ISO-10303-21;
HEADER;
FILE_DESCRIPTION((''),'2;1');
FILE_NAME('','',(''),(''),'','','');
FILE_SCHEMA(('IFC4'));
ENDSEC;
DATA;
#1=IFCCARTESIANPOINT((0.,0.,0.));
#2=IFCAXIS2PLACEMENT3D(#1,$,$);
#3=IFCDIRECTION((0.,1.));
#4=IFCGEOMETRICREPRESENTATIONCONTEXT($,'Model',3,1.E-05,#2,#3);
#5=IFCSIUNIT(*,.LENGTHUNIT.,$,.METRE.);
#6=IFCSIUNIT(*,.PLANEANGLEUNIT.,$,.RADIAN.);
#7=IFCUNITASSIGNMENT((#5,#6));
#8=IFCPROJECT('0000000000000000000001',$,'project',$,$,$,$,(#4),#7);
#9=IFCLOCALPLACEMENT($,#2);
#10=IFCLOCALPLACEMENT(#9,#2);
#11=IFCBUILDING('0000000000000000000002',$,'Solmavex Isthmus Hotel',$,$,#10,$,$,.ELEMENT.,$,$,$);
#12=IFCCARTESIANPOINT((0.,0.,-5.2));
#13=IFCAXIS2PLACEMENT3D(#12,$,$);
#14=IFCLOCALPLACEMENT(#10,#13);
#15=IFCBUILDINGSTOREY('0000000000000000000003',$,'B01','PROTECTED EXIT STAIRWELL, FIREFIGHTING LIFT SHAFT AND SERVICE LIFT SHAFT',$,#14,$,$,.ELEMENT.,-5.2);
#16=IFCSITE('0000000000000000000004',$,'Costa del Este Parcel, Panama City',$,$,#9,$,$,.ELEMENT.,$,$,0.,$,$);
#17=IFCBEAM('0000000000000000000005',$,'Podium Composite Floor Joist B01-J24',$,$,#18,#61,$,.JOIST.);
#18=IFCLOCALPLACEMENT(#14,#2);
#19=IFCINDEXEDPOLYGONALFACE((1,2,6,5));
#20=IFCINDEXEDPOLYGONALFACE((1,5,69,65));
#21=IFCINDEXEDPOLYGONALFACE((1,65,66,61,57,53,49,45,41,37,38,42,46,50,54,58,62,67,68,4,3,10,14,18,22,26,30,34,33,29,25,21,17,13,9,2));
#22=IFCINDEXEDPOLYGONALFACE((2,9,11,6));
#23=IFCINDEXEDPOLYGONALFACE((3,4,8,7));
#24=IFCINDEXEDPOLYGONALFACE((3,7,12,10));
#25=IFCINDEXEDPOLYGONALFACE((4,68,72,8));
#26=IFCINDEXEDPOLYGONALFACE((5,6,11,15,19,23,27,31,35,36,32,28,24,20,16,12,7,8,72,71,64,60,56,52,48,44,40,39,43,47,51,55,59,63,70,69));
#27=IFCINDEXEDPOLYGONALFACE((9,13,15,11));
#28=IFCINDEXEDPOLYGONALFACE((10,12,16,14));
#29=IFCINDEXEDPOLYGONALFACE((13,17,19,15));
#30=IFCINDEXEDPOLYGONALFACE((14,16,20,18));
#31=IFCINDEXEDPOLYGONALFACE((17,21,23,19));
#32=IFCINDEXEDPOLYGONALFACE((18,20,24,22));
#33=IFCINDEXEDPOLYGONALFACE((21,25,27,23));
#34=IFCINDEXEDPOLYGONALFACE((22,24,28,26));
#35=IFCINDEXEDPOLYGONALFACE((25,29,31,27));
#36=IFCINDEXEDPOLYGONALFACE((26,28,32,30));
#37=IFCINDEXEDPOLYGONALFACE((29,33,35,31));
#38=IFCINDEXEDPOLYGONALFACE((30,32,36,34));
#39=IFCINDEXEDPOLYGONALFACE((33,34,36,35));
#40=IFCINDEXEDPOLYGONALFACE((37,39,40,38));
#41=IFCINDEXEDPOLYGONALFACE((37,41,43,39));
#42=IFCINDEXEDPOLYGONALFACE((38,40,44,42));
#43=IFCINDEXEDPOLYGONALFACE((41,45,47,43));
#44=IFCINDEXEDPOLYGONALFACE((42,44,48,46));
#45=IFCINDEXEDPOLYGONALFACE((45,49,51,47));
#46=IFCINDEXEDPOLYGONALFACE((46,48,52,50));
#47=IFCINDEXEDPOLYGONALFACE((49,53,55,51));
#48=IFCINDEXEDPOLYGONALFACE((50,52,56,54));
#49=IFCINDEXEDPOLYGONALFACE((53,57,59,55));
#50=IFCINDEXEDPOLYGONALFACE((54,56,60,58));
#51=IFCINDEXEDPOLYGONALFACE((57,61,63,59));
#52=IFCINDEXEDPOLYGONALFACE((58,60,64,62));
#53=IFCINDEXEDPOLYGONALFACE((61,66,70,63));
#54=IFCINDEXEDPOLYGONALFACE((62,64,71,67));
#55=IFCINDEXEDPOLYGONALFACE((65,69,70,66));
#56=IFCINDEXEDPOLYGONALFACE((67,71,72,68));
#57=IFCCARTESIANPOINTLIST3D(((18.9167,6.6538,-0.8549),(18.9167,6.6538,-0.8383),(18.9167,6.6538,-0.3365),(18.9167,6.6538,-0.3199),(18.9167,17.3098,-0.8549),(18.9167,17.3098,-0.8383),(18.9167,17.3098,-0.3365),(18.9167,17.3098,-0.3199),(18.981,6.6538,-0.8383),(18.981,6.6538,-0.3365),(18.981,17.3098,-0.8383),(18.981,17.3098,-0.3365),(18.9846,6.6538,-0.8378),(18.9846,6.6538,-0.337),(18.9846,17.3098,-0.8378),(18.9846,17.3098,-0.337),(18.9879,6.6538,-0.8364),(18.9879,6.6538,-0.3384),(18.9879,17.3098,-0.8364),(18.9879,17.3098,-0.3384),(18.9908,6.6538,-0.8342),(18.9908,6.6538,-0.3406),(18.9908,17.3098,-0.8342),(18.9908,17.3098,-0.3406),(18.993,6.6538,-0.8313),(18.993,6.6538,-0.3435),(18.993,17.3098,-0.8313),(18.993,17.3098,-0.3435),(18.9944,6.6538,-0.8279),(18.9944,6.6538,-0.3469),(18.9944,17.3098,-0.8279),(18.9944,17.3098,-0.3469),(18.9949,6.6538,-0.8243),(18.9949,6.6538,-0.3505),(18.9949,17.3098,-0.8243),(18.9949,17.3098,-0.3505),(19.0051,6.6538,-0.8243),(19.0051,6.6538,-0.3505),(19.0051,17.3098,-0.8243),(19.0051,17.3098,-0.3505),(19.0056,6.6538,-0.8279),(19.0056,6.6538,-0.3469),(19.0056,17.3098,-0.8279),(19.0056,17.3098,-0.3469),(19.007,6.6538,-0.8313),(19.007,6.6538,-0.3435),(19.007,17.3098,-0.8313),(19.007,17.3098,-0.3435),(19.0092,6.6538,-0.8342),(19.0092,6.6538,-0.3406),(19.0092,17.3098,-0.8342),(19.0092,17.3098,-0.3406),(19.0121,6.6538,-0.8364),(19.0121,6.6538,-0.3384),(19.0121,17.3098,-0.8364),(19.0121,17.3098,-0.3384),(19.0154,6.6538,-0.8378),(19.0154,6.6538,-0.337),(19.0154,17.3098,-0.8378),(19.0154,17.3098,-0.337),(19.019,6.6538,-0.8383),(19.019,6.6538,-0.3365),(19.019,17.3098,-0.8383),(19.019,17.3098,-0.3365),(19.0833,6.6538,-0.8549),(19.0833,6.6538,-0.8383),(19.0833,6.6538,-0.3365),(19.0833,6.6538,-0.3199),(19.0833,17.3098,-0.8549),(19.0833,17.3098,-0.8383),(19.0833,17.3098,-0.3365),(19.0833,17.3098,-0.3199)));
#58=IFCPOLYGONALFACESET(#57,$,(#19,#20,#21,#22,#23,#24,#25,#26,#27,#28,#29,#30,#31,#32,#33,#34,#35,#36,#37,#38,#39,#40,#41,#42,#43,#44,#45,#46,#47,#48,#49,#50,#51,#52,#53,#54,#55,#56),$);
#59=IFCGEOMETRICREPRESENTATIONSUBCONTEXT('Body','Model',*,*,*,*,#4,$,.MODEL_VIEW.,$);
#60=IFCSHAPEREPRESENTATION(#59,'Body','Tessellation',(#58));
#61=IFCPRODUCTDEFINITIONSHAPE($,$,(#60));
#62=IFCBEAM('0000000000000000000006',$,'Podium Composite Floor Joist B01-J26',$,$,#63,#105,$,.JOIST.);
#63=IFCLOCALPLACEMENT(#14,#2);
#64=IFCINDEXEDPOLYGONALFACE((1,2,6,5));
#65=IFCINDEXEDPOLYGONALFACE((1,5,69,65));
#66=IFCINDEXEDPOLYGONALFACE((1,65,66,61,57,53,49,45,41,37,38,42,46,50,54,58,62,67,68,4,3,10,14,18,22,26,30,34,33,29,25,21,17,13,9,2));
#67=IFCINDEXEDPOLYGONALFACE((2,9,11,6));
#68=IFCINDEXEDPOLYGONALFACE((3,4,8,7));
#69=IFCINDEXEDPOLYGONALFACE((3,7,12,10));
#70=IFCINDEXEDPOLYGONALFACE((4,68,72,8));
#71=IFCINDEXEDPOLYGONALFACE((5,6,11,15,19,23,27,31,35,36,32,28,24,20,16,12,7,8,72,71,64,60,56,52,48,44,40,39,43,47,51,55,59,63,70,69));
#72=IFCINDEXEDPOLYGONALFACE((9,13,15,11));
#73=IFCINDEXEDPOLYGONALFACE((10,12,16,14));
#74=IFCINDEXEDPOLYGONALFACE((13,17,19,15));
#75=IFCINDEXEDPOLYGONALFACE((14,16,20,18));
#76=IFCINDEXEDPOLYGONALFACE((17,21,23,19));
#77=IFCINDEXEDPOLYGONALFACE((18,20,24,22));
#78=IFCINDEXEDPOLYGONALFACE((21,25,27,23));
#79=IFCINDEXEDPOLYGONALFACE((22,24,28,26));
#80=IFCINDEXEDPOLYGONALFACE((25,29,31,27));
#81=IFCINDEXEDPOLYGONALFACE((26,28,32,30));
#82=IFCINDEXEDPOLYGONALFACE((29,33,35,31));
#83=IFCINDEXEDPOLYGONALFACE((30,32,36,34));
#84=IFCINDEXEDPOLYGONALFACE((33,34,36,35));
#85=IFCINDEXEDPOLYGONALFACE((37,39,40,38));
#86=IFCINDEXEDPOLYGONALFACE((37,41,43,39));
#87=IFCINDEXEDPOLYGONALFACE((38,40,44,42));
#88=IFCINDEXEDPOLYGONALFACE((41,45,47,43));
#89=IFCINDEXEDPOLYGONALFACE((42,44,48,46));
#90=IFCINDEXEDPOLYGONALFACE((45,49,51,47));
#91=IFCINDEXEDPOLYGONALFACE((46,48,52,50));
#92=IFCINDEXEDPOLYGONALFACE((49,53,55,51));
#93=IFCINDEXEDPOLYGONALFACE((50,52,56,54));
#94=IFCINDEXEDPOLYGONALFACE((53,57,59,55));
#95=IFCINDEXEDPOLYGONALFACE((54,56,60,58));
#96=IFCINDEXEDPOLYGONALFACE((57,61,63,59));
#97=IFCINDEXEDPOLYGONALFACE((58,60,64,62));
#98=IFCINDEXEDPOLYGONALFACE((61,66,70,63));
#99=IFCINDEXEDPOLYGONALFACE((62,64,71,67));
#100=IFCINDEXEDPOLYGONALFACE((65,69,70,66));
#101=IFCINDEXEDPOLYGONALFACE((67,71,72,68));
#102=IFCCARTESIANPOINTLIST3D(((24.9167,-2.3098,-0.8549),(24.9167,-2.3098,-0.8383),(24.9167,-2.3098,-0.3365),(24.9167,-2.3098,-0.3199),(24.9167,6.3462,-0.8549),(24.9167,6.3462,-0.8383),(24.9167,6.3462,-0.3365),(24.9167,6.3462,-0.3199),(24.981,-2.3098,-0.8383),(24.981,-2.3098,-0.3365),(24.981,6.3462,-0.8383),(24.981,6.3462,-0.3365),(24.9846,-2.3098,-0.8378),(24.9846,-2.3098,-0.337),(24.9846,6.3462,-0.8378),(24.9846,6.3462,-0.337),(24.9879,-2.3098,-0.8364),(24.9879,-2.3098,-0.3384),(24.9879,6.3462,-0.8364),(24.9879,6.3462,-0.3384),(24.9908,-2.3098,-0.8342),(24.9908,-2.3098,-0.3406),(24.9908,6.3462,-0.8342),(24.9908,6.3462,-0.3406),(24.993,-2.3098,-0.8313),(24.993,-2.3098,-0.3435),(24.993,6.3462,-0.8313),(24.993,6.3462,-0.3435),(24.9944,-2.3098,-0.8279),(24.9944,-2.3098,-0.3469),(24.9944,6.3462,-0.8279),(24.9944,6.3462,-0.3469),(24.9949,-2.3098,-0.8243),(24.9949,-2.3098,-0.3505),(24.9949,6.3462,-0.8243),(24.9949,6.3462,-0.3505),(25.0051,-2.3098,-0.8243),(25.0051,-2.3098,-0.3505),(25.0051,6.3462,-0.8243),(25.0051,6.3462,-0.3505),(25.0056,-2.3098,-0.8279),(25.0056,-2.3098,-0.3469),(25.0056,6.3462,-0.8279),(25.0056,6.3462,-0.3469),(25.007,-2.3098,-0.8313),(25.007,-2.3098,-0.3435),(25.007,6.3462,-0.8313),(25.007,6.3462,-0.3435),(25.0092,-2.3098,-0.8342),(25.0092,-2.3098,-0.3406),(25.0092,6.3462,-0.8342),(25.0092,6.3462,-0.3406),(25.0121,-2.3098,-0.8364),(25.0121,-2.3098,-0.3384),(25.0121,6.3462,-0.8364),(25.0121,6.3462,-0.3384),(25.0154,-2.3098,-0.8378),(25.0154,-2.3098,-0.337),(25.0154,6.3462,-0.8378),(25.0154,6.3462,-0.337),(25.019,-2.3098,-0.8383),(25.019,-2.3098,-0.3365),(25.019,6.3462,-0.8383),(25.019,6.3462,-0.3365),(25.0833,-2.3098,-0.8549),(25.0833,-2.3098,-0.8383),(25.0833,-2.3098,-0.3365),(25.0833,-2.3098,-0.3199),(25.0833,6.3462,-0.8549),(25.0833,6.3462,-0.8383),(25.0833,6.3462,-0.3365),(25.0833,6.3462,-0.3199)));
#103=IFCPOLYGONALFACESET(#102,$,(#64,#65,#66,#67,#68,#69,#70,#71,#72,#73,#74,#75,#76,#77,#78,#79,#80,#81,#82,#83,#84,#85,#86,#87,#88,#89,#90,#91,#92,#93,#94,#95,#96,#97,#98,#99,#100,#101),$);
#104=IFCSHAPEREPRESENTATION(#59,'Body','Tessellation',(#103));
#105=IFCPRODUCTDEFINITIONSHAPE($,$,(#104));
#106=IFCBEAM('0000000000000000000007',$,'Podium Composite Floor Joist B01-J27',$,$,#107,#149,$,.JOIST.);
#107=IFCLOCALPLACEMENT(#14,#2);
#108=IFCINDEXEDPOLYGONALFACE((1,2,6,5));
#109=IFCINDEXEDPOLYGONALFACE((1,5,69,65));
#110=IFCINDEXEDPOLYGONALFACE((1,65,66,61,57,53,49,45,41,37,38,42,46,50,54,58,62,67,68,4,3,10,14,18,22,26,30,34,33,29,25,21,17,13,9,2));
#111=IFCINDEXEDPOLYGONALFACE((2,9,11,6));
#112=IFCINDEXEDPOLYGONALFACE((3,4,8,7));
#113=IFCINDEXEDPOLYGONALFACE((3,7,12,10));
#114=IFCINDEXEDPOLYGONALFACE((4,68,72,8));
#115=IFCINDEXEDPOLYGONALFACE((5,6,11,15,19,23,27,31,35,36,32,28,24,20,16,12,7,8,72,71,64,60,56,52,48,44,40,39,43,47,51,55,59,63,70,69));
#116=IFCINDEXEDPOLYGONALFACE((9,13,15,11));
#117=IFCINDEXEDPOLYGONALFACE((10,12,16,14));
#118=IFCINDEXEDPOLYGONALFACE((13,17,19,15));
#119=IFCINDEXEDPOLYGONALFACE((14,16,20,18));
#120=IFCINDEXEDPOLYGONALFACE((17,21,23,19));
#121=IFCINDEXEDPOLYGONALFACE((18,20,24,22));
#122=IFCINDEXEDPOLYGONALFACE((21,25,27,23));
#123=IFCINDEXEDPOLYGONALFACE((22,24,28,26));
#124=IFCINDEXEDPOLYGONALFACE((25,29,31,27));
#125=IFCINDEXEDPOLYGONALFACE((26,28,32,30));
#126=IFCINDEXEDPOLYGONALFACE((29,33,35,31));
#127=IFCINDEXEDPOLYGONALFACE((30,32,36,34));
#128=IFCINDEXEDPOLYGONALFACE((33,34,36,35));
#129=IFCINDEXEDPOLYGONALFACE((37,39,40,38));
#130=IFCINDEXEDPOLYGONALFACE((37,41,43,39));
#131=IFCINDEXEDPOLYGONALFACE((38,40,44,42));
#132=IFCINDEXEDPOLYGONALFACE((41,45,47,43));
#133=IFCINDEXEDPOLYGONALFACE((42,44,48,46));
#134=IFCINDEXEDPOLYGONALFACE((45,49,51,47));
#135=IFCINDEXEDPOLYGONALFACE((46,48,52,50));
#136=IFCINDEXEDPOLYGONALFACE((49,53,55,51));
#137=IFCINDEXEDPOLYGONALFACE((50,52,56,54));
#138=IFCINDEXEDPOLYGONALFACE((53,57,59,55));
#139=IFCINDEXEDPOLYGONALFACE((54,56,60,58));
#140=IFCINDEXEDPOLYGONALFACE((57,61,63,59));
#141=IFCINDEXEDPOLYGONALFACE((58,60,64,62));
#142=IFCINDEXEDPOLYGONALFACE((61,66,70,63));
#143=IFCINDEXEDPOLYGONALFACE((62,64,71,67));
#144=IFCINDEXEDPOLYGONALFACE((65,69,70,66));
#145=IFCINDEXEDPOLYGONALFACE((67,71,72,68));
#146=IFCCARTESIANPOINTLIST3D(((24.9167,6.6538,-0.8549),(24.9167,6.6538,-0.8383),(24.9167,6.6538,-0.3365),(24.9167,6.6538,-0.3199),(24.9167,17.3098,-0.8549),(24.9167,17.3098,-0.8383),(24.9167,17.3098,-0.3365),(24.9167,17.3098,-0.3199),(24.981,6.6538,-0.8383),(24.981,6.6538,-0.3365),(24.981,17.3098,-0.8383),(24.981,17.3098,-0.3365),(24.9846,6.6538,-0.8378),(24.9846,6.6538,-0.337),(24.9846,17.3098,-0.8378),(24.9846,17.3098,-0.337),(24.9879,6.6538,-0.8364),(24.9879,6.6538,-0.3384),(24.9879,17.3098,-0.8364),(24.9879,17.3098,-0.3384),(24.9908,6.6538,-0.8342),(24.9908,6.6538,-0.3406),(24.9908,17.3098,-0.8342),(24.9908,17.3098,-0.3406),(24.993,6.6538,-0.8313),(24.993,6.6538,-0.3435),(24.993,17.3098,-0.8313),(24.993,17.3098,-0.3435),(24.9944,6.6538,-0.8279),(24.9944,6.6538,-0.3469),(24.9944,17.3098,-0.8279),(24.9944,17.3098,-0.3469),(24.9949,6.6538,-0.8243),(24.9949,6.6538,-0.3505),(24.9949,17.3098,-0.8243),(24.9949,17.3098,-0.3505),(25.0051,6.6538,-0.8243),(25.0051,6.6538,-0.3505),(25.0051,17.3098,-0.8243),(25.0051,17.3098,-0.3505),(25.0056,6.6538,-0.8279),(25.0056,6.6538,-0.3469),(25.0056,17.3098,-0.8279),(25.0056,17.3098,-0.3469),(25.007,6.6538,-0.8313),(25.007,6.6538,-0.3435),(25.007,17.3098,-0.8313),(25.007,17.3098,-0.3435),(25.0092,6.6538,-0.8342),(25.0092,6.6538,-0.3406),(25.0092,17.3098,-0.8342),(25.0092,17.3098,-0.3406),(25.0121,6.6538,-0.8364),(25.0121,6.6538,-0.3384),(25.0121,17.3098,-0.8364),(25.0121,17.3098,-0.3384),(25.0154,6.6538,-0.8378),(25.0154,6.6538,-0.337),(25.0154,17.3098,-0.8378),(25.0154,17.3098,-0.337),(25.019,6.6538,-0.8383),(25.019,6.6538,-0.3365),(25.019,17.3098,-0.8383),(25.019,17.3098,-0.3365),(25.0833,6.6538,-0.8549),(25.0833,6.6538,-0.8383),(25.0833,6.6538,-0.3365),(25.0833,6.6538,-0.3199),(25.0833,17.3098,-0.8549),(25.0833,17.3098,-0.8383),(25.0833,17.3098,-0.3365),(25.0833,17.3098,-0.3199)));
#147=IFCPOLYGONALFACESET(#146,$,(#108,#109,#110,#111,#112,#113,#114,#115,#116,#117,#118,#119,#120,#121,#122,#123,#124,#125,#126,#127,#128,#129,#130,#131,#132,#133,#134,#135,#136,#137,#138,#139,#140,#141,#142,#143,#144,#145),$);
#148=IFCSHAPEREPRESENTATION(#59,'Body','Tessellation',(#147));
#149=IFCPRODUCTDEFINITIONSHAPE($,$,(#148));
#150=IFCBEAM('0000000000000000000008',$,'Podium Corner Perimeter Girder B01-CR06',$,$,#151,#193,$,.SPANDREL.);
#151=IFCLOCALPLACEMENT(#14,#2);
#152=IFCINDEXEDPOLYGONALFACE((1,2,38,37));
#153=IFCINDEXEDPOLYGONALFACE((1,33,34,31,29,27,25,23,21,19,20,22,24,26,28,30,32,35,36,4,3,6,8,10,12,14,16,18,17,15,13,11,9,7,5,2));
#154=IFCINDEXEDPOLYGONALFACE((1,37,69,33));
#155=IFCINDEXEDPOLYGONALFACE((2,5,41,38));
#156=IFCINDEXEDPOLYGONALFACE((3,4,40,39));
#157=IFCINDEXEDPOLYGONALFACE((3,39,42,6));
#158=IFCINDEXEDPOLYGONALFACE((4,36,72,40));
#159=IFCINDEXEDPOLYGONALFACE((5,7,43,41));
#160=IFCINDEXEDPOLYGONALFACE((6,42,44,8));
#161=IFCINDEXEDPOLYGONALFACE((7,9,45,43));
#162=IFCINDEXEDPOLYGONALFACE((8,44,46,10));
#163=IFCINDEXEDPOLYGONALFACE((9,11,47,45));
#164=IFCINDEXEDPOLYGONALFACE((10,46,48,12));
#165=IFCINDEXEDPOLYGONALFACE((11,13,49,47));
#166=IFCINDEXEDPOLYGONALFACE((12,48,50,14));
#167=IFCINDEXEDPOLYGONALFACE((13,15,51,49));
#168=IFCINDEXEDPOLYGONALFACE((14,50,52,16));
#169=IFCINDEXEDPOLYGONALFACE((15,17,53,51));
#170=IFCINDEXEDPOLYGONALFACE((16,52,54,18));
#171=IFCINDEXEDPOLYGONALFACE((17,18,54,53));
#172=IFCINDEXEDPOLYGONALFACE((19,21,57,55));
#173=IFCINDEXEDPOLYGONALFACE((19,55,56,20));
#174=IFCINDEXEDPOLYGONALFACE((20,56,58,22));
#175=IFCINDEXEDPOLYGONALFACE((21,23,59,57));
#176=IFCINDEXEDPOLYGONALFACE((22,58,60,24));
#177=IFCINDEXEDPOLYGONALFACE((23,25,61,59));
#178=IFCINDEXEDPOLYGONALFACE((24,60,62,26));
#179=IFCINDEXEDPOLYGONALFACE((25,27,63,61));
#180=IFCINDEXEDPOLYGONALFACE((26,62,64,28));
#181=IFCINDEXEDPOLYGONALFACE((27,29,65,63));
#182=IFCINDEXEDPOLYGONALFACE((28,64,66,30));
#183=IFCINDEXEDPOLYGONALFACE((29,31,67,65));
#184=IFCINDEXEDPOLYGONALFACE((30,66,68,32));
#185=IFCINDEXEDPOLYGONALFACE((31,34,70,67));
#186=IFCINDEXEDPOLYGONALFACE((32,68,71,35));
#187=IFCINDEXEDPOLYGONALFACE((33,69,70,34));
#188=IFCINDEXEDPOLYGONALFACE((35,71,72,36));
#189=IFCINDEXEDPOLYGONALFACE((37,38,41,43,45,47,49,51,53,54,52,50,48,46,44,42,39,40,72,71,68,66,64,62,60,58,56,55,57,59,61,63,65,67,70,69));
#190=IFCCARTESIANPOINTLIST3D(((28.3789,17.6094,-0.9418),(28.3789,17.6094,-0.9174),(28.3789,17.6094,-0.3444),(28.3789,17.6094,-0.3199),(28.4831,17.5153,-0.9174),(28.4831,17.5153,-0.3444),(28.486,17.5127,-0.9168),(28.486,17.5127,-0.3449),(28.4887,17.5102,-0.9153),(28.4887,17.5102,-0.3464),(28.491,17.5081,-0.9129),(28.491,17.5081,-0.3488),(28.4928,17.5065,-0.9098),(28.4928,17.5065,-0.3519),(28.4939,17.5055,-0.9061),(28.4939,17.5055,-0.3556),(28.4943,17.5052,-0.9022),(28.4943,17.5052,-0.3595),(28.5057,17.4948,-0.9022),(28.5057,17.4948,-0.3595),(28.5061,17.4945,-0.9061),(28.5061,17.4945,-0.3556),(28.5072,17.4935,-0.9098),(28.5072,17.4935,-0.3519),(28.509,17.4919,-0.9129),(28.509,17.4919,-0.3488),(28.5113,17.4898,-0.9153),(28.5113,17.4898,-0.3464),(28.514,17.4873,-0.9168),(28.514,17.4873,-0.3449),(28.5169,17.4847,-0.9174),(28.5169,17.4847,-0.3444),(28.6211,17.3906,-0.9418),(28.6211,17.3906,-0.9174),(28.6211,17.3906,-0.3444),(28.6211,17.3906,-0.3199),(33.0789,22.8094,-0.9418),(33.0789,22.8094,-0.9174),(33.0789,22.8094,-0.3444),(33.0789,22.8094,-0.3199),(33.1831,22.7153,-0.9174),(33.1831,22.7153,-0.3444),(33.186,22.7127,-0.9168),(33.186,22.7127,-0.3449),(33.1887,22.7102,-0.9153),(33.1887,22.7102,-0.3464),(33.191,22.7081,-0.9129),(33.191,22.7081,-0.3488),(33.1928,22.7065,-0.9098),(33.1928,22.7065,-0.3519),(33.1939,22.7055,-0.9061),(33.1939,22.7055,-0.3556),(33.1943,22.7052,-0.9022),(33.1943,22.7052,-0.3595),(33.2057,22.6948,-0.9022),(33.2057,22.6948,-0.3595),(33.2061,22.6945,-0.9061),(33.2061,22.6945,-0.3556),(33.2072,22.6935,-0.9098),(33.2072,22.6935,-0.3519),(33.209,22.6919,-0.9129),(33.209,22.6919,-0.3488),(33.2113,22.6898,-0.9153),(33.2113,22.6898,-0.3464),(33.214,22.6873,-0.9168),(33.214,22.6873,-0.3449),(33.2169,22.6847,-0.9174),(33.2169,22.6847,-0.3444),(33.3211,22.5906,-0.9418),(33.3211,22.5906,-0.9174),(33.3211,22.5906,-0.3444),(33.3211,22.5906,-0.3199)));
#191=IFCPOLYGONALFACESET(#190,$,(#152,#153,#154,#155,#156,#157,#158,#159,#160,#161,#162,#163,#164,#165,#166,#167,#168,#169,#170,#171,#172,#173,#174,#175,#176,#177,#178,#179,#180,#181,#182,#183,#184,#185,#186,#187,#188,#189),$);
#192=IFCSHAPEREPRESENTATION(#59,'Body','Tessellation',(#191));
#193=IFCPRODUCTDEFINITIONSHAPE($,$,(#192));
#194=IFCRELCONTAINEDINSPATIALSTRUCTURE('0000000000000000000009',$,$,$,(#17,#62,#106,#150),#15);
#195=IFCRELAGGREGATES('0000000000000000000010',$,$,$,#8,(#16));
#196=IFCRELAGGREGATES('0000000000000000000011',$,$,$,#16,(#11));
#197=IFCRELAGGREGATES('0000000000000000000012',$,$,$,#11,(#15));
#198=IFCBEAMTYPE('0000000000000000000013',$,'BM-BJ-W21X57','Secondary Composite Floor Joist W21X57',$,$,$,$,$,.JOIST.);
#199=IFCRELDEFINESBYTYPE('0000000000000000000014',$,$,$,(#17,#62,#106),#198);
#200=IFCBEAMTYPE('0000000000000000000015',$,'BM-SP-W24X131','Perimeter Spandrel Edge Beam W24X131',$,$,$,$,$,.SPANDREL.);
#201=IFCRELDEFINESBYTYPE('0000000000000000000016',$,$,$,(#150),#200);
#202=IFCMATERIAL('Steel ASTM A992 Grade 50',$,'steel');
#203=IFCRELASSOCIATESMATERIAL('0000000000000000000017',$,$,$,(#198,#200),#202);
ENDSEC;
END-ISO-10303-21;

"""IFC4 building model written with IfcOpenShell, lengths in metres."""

from ifc_helpers import new_model, si_unit, direction, frame, origin, origin_2d, place, context, subcontext, project, spatial, i_section, extrude, material, material_profile, profile_set, type_object, element, save


model = new_model("IFC4")

# Units and contexts
model_context = context("Model", 3, precision=1e-05, world=origin(), true_north=direction((0.0, 1.0)))
body_context = subcontext(model_context, "Body", "Model", "MODEL_VIEW")
ifc_project = project(units=[si_unit("LENGTHUNIT", "METRE"), si_unit("PLANEANGLEUNIT", "RADIAN")], contexts=[model_context])

# Site, building, storey
site_placement = place(None, origin())
site = spatial("IfcSite", under=ifc_project, at=site_placement, Name="Costa del Este Parcel, Panama City", CompositionType="ELEMENT", RefElevation=0.0)
building_placement = place(site_placement, origin())
building = spatial("IfcBuilding", under=site, at=building_placement, Name="Solmavex Isthmus Hotel", CompositionType="ELEMENT")
storey_placement = place(building_placement, frame((0.0, 0.0, -5.2)))
storey = spatial("IfcBuildingStorey", under=building, at=storey_placement, Name="B01", Description="PROTECTED EXIT STAIRWELL, FIREFIGHTING LIFT SHAFT AND SERVICE LIFT SHAFT", CompositionType="ELEMENT", Elevation=-5.2)

# Beams
ifc_material_1 = material(Name="Steel ASTM A992 Grade 50", Category="steel")
ifc_material_profile_1 = material_profile(ifc_material_1, i_section(OverallWidth=0.1665, OverallDepth=0.5349, WebThickness=0.0103, FlangeThickness=0.0166, FilletRadius=0.0139, at=origin_2d()), Name="W21X57")
ifc_profile_set_1 = profile_set([ifc_material_profile_1], Name="Steel ASTM A992 Grade 50")
beam_type_1 = type_object("IfcBeamType", Name="BM-BJ-W21X57", Description="Secondary Composite Floor Joist W21X57", PredefinedType="JOIST", material=ifc_profile_set_1)
beam_1_placement = place(storey_placement, frame((19.0, 6.6538, -0.5874), z_axis=(0.0, 1.0, 0.0), x_axis=(-1.0, 0.0, 0.0)))
element("IfcBeam", 1, at=beam_1_placement, inside=storey, type_object=beam_type_1, Name="Podium Composite Floor Joist B01-J24", PredefinedType="JOIST", context=body_context, shape_type="SweptSolid", body=[
    extrude(i_section(OverallWidth=0.1665, OverallDepth=0.5349, WebThickness=0.0103, FlangeThickness=0.0166, FilletRadius=0.0139, at=origin_2d()), origin(), (0.0, 0.0, 1.0), 10.656),
])
beam_2_placement = place(storey_placement, frame((25.0, -2.3098, -0.5874), z_axis=(0.0, 1.0, 0.0), x_axis=(-1.0, 0.0, 0.0)))
element("IfcBeam", 2, at=beam_2_placement, inside=storey, type_object=beam_type_1, Name="Podium Composite Floor Joist B01-J26", PredefinedType="JOIST", context=body_context, shape_type="SweptSolid", body=[
    extrude(i_section(OverallWidth=0.1665, OverallDepth=0.5349, WebThickness=0.0103, FlangeThickness=0.0166, FilletRadius=0.0139, at=origin_2d()), origin(), (0.0, 0.0, 1.0), 8.656),
])
beam_3_placement = place(storey_placement, frame((25.0, 6.6538, -0.5874), z_axis=(0.0, 1.0, 0.0), x_axis=(-1.0, 0.0, 0.0)))
element("IfcBeam", 3, at=beam_3_placement, inside=storey, type_object=beam_type_1, Name="Podium Composite Floor Joist B01-J27", PredefinedType="JOIST", context=body_context, shape_type="SweptSolid", body=[
    extrude(i_section(OverallWidth=0.1665, OverallDepth=0.5349, WebThickness=0.0103, FlangeThickness=0.0166, FilletRadius=0.0139, at=origin_2d()), origin(), (0.0, 0.0, 1.0), 10.656),
])
ifc_material_profile_2 = material_profile(ifc_material_1, i_section(OverallWidth=0.3264, OverallDepth=0.6218, WebThickness=0.0154, FlangeThickness=0.0244, FilletRadius=0.0151, at=origin_2d()), Name="W24X131")
ifc_profile_set_2 = profile_set([ifc_material_profile_2], Name="Steel ASTM A992 Grade 50")
beam_type_2 = type_object("IfcBeamType", Name="BM-SP-W24X131", Description="Perimeter Spandrel Edge Beam W24X131", PredefinedType="SPANDREL", material=ifc_profile_set_2)
beam_4_placement = place(storey_placement, frame((28.5, 17.5, -0.6309), z_axis=(0.670539, 0.741874, 0.0), x_axis=(-0.741874, 0.670539, 0.0)))
element("IfcBeam", 4, at=beam_4_placement, inside=storey, type_object=beam_type_2, Name="Podium Corner Perimeter Girder B01-CR06", PredefinedType="SPANDREL", context=body_context, shape_type="SweptSolid", body=[
    extrude(i_section(OverallWidth=0.3264, OverallDepth=0.6218, WebThickness=0.0154, FlangeThickness=0.0244, FilletRadius=0.0151, at=origin_2d()), origin(), (0.0, 0.0, 1.0), 7.0093),
])

save(model, "model.ifc")
